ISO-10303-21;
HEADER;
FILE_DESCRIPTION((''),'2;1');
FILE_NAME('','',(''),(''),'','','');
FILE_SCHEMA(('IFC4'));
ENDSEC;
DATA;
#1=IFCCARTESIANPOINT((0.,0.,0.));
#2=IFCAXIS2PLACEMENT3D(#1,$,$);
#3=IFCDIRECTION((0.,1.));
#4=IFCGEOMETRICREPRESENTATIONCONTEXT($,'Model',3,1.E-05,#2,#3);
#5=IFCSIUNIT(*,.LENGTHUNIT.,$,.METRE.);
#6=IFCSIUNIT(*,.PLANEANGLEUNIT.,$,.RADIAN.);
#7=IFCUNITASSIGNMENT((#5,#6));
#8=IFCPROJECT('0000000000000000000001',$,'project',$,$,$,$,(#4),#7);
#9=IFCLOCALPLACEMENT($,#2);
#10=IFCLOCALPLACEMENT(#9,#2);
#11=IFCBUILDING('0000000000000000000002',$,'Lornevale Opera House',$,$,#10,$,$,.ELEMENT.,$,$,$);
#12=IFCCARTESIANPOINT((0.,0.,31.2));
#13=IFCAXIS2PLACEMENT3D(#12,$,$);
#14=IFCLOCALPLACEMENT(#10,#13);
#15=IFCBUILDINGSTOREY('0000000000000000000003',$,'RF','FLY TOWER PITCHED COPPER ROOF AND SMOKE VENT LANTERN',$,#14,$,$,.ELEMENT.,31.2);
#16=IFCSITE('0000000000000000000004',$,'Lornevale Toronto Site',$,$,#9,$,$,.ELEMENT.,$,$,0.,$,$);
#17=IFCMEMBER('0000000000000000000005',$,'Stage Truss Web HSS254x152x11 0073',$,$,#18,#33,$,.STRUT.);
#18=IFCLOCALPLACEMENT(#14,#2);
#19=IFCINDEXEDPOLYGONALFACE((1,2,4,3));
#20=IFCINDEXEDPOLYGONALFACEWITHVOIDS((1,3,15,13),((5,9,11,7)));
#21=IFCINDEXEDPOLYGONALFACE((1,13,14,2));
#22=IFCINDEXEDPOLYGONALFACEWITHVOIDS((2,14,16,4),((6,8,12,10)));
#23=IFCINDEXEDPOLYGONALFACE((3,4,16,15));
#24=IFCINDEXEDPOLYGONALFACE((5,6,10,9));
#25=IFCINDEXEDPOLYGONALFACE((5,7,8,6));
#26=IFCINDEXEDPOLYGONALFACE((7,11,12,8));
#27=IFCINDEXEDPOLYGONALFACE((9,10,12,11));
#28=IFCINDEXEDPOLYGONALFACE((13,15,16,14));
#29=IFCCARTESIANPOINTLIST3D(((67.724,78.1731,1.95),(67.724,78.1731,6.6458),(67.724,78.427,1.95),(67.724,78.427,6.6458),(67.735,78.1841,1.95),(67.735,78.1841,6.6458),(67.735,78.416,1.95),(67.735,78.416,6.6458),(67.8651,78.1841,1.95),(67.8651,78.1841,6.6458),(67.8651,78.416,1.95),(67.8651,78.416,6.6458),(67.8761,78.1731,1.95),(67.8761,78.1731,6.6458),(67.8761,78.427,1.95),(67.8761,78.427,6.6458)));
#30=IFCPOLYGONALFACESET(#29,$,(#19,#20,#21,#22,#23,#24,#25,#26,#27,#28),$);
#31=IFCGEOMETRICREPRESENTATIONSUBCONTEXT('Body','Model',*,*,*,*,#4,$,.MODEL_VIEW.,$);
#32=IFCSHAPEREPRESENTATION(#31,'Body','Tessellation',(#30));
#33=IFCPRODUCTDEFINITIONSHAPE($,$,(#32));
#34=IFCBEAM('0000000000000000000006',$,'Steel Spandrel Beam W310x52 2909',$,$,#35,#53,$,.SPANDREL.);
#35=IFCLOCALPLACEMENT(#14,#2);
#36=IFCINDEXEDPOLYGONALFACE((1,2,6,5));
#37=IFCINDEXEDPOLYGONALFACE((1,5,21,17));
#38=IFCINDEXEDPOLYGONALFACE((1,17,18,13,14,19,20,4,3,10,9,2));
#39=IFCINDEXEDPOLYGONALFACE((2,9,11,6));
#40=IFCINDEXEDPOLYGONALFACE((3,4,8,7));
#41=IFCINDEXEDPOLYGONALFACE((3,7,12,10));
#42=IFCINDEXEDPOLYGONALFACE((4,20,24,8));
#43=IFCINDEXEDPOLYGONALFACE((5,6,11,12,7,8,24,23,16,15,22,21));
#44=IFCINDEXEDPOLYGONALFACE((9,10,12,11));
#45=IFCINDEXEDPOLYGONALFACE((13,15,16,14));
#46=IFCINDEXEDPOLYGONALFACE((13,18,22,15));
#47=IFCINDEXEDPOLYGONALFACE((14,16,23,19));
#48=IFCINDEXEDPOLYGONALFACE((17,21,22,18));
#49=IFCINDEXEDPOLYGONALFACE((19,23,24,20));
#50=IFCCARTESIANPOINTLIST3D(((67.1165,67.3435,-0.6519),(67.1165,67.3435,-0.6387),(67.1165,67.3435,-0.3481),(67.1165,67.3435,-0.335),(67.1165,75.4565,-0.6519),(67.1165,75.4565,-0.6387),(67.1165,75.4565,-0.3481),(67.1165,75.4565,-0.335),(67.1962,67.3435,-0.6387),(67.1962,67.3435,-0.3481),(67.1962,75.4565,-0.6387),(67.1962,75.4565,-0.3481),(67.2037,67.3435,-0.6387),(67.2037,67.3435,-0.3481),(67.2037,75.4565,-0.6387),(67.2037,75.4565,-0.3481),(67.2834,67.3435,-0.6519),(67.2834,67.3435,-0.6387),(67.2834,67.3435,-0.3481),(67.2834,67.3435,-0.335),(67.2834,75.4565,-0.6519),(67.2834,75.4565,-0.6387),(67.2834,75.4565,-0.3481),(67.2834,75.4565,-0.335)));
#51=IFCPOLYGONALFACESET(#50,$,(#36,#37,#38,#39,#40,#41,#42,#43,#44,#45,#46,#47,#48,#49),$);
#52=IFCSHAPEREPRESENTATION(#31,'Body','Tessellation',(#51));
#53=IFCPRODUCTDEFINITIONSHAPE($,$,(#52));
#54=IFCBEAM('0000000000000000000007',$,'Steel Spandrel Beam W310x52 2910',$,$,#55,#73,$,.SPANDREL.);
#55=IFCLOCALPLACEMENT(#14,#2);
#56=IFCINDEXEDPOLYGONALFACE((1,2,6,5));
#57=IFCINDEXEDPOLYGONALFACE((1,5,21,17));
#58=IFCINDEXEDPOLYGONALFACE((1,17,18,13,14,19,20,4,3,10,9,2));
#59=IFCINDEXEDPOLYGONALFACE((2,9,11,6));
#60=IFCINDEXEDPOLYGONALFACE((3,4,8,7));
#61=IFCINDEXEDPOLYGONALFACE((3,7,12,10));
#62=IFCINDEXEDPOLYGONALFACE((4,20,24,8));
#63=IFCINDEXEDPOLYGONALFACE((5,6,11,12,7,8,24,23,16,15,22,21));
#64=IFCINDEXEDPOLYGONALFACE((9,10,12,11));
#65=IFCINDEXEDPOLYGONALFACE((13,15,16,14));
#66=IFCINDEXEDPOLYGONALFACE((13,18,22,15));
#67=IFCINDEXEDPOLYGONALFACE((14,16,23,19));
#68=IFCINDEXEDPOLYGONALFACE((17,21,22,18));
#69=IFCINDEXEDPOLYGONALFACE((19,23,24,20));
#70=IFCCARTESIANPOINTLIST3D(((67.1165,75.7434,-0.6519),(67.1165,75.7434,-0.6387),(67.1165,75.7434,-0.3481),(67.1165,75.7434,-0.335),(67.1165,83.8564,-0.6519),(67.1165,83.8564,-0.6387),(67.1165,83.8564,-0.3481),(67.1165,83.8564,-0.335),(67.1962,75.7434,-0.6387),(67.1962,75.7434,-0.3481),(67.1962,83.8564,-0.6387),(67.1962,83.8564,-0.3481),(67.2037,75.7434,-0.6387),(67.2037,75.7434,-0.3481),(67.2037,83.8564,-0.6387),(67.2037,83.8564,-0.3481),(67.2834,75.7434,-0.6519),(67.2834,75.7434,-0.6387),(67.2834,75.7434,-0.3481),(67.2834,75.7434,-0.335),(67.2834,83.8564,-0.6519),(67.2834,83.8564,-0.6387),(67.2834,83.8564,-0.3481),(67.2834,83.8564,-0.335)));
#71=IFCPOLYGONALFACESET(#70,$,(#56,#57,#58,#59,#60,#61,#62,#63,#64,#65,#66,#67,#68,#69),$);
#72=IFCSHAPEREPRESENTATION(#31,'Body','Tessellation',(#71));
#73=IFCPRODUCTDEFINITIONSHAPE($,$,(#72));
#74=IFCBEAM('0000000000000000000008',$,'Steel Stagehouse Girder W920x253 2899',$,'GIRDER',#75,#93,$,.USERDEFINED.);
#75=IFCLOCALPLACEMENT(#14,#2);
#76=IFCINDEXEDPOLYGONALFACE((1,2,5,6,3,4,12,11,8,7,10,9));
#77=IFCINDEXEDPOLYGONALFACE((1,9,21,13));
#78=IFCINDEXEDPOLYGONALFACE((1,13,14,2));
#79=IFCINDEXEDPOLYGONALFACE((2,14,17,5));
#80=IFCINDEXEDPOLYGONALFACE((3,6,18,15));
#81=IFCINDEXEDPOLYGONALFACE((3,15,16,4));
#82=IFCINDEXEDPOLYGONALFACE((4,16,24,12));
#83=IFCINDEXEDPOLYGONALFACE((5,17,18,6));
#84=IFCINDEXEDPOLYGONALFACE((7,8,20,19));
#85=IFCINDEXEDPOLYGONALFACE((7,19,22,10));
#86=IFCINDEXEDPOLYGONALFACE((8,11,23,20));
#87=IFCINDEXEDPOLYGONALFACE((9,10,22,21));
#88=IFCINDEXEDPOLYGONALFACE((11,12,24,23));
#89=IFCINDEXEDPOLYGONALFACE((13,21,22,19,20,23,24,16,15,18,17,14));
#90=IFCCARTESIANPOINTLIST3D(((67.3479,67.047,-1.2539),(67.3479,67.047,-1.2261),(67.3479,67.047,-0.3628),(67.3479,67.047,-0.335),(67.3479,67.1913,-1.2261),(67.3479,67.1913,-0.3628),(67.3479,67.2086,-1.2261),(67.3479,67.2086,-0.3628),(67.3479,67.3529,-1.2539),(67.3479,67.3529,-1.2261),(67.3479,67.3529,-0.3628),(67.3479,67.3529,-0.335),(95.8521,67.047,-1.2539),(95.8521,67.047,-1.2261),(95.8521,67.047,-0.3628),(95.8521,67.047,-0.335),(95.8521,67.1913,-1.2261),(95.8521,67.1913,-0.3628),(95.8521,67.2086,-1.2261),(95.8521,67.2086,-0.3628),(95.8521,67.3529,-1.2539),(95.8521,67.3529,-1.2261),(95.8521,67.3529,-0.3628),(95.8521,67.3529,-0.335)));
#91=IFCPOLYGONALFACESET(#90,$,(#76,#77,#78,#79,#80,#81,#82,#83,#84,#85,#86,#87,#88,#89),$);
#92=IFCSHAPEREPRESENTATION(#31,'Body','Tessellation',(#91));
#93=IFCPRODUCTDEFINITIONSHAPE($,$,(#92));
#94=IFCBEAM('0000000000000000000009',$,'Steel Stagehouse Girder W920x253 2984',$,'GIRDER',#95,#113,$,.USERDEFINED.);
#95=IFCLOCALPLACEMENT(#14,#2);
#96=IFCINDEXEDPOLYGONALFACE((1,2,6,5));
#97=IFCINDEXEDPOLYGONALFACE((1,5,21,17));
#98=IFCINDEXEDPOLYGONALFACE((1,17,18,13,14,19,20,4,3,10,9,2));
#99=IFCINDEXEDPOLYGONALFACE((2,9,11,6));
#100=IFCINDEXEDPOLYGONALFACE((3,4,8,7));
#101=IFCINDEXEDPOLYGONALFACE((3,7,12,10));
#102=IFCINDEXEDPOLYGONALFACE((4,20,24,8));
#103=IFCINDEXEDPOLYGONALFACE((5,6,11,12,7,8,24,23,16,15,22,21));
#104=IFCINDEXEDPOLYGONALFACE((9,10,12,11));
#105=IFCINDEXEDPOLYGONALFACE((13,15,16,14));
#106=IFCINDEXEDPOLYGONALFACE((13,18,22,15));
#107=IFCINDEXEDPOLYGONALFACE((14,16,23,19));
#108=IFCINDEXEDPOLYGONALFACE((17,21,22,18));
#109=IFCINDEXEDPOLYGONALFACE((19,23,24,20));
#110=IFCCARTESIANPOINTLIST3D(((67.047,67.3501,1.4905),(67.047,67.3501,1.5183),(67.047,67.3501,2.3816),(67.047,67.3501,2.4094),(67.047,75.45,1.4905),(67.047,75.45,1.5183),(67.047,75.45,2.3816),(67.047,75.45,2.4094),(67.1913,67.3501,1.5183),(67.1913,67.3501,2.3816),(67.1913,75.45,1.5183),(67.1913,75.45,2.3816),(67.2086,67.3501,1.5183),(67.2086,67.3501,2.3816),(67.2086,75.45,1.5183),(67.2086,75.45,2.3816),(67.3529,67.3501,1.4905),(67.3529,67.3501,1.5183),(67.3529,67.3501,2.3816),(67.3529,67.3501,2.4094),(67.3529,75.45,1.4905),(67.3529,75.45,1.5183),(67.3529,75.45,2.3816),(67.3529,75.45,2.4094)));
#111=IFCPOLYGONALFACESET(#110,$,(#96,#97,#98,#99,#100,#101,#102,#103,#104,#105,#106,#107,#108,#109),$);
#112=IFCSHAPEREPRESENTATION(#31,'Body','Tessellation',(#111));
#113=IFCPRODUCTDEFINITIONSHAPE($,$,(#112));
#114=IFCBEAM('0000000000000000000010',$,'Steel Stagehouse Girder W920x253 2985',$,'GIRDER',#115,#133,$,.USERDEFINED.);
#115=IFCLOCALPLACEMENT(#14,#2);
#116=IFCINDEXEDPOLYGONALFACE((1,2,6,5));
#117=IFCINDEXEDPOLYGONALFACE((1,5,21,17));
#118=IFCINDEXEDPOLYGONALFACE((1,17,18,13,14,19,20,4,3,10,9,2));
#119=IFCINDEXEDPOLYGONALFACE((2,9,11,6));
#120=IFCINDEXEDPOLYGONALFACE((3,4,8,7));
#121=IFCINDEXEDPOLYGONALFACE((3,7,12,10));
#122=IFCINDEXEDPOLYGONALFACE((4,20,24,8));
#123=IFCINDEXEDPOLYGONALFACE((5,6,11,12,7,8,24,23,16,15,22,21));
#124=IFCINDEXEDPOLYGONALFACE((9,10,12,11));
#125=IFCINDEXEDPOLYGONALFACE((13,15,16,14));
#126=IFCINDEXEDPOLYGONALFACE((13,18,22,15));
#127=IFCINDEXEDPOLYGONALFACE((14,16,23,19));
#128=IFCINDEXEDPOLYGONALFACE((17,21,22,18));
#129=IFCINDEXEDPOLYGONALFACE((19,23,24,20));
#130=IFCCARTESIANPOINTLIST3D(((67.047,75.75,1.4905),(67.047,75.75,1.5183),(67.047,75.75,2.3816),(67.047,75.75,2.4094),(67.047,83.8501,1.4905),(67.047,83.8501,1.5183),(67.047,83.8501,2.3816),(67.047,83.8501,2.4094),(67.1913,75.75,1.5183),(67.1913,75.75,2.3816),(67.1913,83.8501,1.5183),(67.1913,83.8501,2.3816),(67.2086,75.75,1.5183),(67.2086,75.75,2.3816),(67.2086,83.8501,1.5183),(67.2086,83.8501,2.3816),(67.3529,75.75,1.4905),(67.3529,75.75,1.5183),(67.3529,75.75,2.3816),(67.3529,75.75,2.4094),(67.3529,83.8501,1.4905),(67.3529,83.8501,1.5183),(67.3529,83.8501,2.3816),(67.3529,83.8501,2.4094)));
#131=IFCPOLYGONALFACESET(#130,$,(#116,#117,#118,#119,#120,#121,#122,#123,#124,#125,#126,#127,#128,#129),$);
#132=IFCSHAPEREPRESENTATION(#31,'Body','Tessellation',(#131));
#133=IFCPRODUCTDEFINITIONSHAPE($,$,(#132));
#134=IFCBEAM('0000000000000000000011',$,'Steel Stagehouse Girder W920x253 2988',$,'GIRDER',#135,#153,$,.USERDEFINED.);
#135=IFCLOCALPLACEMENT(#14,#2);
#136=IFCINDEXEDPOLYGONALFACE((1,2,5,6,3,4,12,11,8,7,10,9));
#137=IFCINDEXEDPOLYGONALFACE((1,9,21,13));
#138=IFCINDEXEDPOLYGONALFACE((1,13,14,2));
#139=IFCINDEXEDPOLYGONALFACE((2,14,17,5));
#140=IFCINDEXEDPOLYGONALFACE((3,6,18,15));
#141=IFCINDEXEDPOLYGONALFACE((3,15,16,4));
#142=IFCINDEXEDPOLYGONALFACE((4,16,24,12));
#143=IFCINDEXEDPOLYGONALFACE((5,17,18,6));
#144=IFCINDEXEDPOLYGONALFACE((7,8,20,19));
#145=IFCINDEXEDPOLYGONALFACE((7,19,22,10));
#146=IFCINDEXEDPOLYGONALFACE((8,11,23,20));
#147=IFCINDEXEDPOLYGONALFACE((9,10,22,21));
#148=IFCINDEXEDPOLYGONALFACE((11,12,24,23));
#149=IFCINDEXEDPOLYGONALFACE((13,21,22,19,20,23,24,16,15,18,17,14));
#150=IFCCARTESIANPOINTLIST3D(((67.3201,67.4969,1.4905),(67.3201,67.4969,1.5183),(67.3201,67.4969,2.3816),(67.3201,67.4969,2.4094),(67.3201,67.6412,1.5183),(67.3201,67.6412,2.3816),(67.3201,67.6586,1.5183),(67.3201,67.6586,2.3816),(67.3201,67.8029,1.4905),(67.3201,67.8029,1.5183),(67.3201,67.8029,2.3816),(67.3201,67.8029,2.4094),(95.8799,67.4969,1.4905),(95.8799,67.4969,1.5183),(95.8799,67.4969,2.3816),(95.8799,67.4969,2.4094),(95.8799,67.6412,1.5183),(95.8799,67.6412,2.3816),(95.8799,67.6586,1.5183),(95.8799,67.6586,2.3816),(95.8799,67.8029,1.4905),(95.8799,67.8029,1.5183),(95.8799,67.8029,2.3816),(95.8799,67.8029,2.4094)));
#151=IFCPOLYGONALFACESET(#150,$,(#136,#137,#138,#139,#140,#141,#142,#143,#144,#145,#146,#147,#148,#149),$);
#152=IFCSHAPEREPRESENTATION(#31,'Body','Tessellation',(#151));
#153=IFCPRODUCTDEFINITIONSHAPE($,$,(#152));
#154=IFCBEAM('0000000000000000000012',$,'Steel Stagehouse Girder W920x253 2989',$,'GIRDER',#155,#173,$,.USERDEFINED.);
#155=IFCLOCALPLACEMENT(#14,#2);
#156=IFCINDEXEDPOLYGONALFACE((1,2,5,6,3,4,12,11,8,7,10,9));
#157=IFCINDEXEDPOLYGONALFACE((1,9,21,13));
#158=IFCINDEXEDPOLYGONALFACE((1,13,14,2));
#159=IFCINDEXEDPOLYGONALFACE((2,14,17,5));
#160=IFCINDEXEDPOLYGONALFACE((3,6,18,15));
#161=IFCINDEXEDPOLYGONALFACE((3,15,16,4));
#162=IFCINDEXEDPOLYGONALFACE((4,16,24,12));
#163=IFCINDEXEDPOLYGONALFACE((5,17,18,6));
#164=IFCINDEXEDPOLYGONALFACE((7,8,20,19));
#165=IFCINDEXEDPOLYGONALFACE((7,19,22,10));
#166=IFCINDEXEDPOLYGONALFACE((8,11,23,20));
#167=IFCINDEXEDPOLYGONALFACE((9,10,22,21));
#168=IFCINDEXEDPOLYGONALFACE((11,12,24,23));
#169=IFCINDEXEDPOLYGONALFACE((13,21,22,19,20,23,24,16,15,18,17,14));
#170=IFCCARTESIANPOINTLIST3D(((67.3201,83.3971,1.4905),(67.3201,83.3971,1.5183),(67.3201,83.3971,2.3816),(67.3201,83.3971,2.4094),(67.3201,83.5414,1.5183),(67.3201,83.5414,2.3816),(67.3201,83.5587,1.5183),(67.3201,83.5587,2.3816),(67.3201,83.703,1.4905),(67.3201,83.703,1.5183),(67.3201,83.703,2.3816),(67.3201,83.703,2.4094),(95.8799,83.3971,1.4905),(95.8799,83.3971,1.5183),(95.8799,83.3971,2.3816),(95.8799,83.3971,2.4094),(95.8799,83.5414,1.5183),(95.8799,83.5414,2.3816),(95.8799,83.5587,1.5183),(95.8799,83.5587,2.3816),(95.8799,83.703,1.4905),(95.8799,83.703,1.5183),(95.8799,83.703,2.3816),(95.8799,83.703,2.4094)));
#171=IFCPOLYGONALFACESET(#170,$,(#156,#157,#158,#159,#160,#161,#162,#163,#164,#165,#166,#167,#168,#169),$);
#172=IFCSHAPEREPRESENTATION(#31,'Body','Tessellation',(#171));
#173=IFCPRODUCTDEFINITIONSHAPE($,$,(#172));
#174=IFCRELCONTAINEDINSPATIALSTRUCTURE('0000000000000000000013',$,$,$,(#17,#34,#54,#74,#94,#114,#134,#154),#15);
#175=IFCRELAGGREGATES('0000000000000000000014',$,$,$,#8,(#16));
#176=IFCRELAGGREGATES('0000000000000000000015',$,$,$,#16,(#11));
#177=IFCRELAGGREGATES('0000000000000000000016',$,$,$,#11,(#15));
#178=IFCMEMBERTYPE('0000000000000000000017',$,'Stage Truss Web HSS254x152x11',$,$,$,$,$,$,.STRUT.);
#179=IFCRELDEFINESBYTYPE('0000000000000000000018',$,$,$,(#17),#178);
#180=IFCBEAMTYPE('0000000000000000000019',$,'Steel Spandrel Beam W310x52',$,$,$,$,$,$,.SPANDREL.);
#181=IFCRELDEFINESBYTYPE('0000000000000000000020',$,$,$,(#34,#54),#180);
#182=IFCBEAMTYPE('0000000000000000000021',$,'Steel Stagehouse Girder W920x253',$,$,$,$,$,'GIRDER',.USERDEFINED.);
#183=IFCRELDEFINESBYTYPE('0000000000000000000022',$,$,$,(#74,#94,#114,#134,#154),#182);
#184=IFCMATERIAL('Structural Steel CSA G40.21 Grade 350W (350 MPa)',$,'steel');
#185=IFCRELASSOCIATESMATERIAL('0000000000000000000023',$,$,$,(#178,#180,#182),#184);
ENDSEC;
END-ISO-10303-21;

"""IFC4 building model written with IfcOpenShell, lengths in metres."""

from ifc_helpers import new_model, si_unit, direction, frame, origin, origin_2d, place, context, subcontext, project, spatial, hollow_rectangle, i_section, extrude, material, material_profile, profile_set, type_object, element, save


model = new_model("IFC4")

# Units and contexts
model_context = context("Model", 3, precision=1e-05, world=origin(), true_north=direction((0.0, 1.0)))
body_context = subcontext(model_context, "Body", "Model", "MODEL_VIEW")
ifc_project = project(units=[si_unit("LENGTHUNIT", "METRE"), si_unit("PLANEANGLEUNIT", "RADIAN")], contexts=[model_context])

# Site, building, storey
site_placement = place(None, origin())
site = spatial("IfcSite", under=ifc_project, at=site_placement, Name="Lornevale Toronto Site", CompositionType="ELEMENT", RefElevation=0.0)
building_placement = place(site_placement, origin())
building = spatial("IfcBuilding", under=site, at=building_placement, Name="Lornevale Opera House", CompositionType="ELEMENT")
storey_placement = place(building_placement, frame((0.0, 0.0, 31.2)))
storey = spatial("IfcBuildingStorey", under=building, at=storey_placement, Name="RF", Description="FLY TOWER PITCHED COPPER ROOF AND SMOKE VENT LANTERN", CompositionType="ELEMENT", Elevation=31.2)

# Shared definitions
ifc_material_1 = material(Name="Structural Steel CSA G40.21 Grade 350W (350 MPa)", Category="steel")

# Member
ifc_material_profile_1 = material_profile(ifc_material_1, hollow_rectangle(XDim=0.1521, YDim=0.2539, WallThickness=0.011, at=origin_2d()), Name="HSS254x152x11")
ifc_profile_set_1 = profile_set([ifc_material_profile_1], Name="Structural Steel CSA G40.21 Grade 350W (350 MPa)")
member_type = type_object("IfcMemberType", Name="Stage Truss Web HSS254x152x11", PredefinedType="STRUT", material=ifc_profile_set_1)
member_1_placement = place(storey_placement, frame((67.8, 78.3, 1.95), z_axis=(0.0, 0.0, 1.0), x_axis=(1.0, 0.0, 0.0)))
element("IfcMember", 1, at=member_1_placement, inside=storey, type_object=member_type, Name="Stage Truss Web HSS254x152x11 0073", PredefinedType="STRUT", context=body_context, shape_type="SweptSolid", body=[
    extrude(hollow_rectangle(XDim=0.1521, YDim=0.2539, WallThickness=0.011, at=origin_2d()), origin(), (0.0, 0.0, 1.0), 4.6958),
])

# Beams
ifc_material_profile_2 = material_profile(ifc_material_1, i_section(OverallWidth=0.167, OverallDepth=0.3169, WebThickness=0.0076, FlangeThickness=0.0132, at=origin_2d()), Name="W310x52")
ifc_profile_set_2 = profile_set([ifc_material_profile_2], Name="Structural Steel CSA G40.21 Grade 350W (350 MPa)")
beam_type_1 = type_object("IfcBeamType", Name="Steel Spandrel Beam W310x52", PredefinedType="SPANDREL", material=ifc_profile_set_2)
for number, where, z_axis, x_axis, name in (
    (2, (67.2, 67.3435, -0.4934), (0.0, 1.0, 0.0), (-1.0, 0.0, 0.0), "Steel Spandrel Beam W310x52 2909"),
    (3, (67.2, 75.7434, -0.4934), (0.0, 1.0, 0.0), (-1.0, 0.0, 0.0), "Steel Spandrel Beam W310x52 2910"),
):
    element("IfcBeam", number, at=place(storey_placement, frame(where, z_axis=z_axis, x_axis=x_axis)), inside=storey, type_object=beam_type_1, Name=name, PredefinedType="SPANDREL", context=body_context, shape_type="SweptSolid", body=[
        extrude(i_section(OverallWidth=0.167, OverallDepth=0.3169, WebThickness=0.0076, FlangeThickness=0.0132, at=origin_2d()), origin(), (0.0, 0.0, 1.0), 8.113),
    ])
ifc_material_profile_3 = material_profile(ifc_material_1, i_section(OverallWidth=0.3059, OverallDepth=0.9189, WebThickness=0.0173, FlangeThickness=0.0278, at=origin_2d()), Name="W920x253")
ifc_profile_set_3 = profile_set([ifc_material_profile_3], Name="Structural Steel CSA G40.21 Grade 350W (350 MPa)")
beam_type_2 = type_object("IfcBeamType", Name="Steel Stagehouse Girder W920x253", ElementType="GIRDER", PredefinedType="USERDEFINED", material=ifc_profile_set_3)
beam_1_placement = place(storey_placement, frame((67.3479, 67.2, -0.7944), z_axis=(1.0, 0.0, 0.0), x_axis=(0.0, 1.0, 0.0)))
element("IfcBeam", 4, at=beam_1_placement, inside=storey, type_object=beam_type_2, Name="Steel Stagehouse Girder W920x253 2899", ObjectType="GIRDER", PredefinedType="USERDEFINED", context=body_context, shape_type="SweptSolid", body=[
    extrude(i_section(OverallWidth=0.3059, OverallDepth=0.9189, WebThickness=0.0173, FlangeThickness=0.0278, at=origin_2d()), origin(), (0.0, 0.0, 1.0), 28.5042),
])
beam_2_placement = place(storey_placement, frame((67.2, 67.3501, 1.95), z_axis=(0.0, 1.0, 0.0), x_axis=(-1.0, 0.0, 0.0)))
element("IfcBeam", 5, at=beam_2_placement, inside=storey, type_object=beam_type_2, Name="Steel Stagehouse Girder W920x253 2984", ObjectType="GIRDER", PredefinedType="USERDEFINED", context=body_context, shape_type="SweptSolid", body=[
    extrude(i_section(OverallWidth=0.3059, OverallDepth=0.9189, WebThickness=0.0173, FlangeThickness=0.0278, at=origin_2d()), origin(), (0.0, 0.0, 1.0), 8.0999),
])
beam_3_placement = place(storey_placement, frame((67.2, 75.75, 1.95), z_axis=(0.0, 1.0, 0.0), x_axis=(-1.0, 0.0, 0.0)))
element("IfcBeam", 6, at=beam_3_placement, inside=storey, type_object=beam_type_2, Name="Steel Stagehouse Girder W920x253 2985", ObjectType="GIRDER", PredefinedType="USERDEFINED", context=body_context, shape_type="SweptSolid", body=[
    extrude(i_section(OverallWidth=0.3059, OverallDepth=0.9189, WebThickness=0.0173, FlangeThickness=0.0278, at=origin_2d()), origin(), (0.0, 0.0, 1.0), 8.1001),
])
for number, where, z_axis, x_axis, name in (
    (7, (67.3201, 67.6499, 1.95), (1.0, 0.0, 0.0), (0.0, 1.0, 0.0), "Steel Stagehouse Girder W920x253 2988"),
    (8, (67.3201, 83.55, 1.95), (1.0, 0.0, 0.0), (0.0, 1.0, 0.0), "Steel Stagehouse Girder W920x253 2989"),
):
    element("IfcBeam", number, at=place(storey_placement, frame(where, z_axis=z_axis, x_axis=x_axis)), inside=storey, type_object=beam_type_2, Name=name, ObjectType="GIRDER", PredefinedType="USERDEFINED", context=body_context, shape_type="SweptSolid", body=[
        extrude(i_section(OverallWidth=0.3059, OverallDepth=0.9189, WebThickness=0.0173, FlangeThickness=0.0278, at=origin_2d()), origin(), (0.0, 0.0, 1.0), 28.5598),
    ])

save(model, "model.ifc")
